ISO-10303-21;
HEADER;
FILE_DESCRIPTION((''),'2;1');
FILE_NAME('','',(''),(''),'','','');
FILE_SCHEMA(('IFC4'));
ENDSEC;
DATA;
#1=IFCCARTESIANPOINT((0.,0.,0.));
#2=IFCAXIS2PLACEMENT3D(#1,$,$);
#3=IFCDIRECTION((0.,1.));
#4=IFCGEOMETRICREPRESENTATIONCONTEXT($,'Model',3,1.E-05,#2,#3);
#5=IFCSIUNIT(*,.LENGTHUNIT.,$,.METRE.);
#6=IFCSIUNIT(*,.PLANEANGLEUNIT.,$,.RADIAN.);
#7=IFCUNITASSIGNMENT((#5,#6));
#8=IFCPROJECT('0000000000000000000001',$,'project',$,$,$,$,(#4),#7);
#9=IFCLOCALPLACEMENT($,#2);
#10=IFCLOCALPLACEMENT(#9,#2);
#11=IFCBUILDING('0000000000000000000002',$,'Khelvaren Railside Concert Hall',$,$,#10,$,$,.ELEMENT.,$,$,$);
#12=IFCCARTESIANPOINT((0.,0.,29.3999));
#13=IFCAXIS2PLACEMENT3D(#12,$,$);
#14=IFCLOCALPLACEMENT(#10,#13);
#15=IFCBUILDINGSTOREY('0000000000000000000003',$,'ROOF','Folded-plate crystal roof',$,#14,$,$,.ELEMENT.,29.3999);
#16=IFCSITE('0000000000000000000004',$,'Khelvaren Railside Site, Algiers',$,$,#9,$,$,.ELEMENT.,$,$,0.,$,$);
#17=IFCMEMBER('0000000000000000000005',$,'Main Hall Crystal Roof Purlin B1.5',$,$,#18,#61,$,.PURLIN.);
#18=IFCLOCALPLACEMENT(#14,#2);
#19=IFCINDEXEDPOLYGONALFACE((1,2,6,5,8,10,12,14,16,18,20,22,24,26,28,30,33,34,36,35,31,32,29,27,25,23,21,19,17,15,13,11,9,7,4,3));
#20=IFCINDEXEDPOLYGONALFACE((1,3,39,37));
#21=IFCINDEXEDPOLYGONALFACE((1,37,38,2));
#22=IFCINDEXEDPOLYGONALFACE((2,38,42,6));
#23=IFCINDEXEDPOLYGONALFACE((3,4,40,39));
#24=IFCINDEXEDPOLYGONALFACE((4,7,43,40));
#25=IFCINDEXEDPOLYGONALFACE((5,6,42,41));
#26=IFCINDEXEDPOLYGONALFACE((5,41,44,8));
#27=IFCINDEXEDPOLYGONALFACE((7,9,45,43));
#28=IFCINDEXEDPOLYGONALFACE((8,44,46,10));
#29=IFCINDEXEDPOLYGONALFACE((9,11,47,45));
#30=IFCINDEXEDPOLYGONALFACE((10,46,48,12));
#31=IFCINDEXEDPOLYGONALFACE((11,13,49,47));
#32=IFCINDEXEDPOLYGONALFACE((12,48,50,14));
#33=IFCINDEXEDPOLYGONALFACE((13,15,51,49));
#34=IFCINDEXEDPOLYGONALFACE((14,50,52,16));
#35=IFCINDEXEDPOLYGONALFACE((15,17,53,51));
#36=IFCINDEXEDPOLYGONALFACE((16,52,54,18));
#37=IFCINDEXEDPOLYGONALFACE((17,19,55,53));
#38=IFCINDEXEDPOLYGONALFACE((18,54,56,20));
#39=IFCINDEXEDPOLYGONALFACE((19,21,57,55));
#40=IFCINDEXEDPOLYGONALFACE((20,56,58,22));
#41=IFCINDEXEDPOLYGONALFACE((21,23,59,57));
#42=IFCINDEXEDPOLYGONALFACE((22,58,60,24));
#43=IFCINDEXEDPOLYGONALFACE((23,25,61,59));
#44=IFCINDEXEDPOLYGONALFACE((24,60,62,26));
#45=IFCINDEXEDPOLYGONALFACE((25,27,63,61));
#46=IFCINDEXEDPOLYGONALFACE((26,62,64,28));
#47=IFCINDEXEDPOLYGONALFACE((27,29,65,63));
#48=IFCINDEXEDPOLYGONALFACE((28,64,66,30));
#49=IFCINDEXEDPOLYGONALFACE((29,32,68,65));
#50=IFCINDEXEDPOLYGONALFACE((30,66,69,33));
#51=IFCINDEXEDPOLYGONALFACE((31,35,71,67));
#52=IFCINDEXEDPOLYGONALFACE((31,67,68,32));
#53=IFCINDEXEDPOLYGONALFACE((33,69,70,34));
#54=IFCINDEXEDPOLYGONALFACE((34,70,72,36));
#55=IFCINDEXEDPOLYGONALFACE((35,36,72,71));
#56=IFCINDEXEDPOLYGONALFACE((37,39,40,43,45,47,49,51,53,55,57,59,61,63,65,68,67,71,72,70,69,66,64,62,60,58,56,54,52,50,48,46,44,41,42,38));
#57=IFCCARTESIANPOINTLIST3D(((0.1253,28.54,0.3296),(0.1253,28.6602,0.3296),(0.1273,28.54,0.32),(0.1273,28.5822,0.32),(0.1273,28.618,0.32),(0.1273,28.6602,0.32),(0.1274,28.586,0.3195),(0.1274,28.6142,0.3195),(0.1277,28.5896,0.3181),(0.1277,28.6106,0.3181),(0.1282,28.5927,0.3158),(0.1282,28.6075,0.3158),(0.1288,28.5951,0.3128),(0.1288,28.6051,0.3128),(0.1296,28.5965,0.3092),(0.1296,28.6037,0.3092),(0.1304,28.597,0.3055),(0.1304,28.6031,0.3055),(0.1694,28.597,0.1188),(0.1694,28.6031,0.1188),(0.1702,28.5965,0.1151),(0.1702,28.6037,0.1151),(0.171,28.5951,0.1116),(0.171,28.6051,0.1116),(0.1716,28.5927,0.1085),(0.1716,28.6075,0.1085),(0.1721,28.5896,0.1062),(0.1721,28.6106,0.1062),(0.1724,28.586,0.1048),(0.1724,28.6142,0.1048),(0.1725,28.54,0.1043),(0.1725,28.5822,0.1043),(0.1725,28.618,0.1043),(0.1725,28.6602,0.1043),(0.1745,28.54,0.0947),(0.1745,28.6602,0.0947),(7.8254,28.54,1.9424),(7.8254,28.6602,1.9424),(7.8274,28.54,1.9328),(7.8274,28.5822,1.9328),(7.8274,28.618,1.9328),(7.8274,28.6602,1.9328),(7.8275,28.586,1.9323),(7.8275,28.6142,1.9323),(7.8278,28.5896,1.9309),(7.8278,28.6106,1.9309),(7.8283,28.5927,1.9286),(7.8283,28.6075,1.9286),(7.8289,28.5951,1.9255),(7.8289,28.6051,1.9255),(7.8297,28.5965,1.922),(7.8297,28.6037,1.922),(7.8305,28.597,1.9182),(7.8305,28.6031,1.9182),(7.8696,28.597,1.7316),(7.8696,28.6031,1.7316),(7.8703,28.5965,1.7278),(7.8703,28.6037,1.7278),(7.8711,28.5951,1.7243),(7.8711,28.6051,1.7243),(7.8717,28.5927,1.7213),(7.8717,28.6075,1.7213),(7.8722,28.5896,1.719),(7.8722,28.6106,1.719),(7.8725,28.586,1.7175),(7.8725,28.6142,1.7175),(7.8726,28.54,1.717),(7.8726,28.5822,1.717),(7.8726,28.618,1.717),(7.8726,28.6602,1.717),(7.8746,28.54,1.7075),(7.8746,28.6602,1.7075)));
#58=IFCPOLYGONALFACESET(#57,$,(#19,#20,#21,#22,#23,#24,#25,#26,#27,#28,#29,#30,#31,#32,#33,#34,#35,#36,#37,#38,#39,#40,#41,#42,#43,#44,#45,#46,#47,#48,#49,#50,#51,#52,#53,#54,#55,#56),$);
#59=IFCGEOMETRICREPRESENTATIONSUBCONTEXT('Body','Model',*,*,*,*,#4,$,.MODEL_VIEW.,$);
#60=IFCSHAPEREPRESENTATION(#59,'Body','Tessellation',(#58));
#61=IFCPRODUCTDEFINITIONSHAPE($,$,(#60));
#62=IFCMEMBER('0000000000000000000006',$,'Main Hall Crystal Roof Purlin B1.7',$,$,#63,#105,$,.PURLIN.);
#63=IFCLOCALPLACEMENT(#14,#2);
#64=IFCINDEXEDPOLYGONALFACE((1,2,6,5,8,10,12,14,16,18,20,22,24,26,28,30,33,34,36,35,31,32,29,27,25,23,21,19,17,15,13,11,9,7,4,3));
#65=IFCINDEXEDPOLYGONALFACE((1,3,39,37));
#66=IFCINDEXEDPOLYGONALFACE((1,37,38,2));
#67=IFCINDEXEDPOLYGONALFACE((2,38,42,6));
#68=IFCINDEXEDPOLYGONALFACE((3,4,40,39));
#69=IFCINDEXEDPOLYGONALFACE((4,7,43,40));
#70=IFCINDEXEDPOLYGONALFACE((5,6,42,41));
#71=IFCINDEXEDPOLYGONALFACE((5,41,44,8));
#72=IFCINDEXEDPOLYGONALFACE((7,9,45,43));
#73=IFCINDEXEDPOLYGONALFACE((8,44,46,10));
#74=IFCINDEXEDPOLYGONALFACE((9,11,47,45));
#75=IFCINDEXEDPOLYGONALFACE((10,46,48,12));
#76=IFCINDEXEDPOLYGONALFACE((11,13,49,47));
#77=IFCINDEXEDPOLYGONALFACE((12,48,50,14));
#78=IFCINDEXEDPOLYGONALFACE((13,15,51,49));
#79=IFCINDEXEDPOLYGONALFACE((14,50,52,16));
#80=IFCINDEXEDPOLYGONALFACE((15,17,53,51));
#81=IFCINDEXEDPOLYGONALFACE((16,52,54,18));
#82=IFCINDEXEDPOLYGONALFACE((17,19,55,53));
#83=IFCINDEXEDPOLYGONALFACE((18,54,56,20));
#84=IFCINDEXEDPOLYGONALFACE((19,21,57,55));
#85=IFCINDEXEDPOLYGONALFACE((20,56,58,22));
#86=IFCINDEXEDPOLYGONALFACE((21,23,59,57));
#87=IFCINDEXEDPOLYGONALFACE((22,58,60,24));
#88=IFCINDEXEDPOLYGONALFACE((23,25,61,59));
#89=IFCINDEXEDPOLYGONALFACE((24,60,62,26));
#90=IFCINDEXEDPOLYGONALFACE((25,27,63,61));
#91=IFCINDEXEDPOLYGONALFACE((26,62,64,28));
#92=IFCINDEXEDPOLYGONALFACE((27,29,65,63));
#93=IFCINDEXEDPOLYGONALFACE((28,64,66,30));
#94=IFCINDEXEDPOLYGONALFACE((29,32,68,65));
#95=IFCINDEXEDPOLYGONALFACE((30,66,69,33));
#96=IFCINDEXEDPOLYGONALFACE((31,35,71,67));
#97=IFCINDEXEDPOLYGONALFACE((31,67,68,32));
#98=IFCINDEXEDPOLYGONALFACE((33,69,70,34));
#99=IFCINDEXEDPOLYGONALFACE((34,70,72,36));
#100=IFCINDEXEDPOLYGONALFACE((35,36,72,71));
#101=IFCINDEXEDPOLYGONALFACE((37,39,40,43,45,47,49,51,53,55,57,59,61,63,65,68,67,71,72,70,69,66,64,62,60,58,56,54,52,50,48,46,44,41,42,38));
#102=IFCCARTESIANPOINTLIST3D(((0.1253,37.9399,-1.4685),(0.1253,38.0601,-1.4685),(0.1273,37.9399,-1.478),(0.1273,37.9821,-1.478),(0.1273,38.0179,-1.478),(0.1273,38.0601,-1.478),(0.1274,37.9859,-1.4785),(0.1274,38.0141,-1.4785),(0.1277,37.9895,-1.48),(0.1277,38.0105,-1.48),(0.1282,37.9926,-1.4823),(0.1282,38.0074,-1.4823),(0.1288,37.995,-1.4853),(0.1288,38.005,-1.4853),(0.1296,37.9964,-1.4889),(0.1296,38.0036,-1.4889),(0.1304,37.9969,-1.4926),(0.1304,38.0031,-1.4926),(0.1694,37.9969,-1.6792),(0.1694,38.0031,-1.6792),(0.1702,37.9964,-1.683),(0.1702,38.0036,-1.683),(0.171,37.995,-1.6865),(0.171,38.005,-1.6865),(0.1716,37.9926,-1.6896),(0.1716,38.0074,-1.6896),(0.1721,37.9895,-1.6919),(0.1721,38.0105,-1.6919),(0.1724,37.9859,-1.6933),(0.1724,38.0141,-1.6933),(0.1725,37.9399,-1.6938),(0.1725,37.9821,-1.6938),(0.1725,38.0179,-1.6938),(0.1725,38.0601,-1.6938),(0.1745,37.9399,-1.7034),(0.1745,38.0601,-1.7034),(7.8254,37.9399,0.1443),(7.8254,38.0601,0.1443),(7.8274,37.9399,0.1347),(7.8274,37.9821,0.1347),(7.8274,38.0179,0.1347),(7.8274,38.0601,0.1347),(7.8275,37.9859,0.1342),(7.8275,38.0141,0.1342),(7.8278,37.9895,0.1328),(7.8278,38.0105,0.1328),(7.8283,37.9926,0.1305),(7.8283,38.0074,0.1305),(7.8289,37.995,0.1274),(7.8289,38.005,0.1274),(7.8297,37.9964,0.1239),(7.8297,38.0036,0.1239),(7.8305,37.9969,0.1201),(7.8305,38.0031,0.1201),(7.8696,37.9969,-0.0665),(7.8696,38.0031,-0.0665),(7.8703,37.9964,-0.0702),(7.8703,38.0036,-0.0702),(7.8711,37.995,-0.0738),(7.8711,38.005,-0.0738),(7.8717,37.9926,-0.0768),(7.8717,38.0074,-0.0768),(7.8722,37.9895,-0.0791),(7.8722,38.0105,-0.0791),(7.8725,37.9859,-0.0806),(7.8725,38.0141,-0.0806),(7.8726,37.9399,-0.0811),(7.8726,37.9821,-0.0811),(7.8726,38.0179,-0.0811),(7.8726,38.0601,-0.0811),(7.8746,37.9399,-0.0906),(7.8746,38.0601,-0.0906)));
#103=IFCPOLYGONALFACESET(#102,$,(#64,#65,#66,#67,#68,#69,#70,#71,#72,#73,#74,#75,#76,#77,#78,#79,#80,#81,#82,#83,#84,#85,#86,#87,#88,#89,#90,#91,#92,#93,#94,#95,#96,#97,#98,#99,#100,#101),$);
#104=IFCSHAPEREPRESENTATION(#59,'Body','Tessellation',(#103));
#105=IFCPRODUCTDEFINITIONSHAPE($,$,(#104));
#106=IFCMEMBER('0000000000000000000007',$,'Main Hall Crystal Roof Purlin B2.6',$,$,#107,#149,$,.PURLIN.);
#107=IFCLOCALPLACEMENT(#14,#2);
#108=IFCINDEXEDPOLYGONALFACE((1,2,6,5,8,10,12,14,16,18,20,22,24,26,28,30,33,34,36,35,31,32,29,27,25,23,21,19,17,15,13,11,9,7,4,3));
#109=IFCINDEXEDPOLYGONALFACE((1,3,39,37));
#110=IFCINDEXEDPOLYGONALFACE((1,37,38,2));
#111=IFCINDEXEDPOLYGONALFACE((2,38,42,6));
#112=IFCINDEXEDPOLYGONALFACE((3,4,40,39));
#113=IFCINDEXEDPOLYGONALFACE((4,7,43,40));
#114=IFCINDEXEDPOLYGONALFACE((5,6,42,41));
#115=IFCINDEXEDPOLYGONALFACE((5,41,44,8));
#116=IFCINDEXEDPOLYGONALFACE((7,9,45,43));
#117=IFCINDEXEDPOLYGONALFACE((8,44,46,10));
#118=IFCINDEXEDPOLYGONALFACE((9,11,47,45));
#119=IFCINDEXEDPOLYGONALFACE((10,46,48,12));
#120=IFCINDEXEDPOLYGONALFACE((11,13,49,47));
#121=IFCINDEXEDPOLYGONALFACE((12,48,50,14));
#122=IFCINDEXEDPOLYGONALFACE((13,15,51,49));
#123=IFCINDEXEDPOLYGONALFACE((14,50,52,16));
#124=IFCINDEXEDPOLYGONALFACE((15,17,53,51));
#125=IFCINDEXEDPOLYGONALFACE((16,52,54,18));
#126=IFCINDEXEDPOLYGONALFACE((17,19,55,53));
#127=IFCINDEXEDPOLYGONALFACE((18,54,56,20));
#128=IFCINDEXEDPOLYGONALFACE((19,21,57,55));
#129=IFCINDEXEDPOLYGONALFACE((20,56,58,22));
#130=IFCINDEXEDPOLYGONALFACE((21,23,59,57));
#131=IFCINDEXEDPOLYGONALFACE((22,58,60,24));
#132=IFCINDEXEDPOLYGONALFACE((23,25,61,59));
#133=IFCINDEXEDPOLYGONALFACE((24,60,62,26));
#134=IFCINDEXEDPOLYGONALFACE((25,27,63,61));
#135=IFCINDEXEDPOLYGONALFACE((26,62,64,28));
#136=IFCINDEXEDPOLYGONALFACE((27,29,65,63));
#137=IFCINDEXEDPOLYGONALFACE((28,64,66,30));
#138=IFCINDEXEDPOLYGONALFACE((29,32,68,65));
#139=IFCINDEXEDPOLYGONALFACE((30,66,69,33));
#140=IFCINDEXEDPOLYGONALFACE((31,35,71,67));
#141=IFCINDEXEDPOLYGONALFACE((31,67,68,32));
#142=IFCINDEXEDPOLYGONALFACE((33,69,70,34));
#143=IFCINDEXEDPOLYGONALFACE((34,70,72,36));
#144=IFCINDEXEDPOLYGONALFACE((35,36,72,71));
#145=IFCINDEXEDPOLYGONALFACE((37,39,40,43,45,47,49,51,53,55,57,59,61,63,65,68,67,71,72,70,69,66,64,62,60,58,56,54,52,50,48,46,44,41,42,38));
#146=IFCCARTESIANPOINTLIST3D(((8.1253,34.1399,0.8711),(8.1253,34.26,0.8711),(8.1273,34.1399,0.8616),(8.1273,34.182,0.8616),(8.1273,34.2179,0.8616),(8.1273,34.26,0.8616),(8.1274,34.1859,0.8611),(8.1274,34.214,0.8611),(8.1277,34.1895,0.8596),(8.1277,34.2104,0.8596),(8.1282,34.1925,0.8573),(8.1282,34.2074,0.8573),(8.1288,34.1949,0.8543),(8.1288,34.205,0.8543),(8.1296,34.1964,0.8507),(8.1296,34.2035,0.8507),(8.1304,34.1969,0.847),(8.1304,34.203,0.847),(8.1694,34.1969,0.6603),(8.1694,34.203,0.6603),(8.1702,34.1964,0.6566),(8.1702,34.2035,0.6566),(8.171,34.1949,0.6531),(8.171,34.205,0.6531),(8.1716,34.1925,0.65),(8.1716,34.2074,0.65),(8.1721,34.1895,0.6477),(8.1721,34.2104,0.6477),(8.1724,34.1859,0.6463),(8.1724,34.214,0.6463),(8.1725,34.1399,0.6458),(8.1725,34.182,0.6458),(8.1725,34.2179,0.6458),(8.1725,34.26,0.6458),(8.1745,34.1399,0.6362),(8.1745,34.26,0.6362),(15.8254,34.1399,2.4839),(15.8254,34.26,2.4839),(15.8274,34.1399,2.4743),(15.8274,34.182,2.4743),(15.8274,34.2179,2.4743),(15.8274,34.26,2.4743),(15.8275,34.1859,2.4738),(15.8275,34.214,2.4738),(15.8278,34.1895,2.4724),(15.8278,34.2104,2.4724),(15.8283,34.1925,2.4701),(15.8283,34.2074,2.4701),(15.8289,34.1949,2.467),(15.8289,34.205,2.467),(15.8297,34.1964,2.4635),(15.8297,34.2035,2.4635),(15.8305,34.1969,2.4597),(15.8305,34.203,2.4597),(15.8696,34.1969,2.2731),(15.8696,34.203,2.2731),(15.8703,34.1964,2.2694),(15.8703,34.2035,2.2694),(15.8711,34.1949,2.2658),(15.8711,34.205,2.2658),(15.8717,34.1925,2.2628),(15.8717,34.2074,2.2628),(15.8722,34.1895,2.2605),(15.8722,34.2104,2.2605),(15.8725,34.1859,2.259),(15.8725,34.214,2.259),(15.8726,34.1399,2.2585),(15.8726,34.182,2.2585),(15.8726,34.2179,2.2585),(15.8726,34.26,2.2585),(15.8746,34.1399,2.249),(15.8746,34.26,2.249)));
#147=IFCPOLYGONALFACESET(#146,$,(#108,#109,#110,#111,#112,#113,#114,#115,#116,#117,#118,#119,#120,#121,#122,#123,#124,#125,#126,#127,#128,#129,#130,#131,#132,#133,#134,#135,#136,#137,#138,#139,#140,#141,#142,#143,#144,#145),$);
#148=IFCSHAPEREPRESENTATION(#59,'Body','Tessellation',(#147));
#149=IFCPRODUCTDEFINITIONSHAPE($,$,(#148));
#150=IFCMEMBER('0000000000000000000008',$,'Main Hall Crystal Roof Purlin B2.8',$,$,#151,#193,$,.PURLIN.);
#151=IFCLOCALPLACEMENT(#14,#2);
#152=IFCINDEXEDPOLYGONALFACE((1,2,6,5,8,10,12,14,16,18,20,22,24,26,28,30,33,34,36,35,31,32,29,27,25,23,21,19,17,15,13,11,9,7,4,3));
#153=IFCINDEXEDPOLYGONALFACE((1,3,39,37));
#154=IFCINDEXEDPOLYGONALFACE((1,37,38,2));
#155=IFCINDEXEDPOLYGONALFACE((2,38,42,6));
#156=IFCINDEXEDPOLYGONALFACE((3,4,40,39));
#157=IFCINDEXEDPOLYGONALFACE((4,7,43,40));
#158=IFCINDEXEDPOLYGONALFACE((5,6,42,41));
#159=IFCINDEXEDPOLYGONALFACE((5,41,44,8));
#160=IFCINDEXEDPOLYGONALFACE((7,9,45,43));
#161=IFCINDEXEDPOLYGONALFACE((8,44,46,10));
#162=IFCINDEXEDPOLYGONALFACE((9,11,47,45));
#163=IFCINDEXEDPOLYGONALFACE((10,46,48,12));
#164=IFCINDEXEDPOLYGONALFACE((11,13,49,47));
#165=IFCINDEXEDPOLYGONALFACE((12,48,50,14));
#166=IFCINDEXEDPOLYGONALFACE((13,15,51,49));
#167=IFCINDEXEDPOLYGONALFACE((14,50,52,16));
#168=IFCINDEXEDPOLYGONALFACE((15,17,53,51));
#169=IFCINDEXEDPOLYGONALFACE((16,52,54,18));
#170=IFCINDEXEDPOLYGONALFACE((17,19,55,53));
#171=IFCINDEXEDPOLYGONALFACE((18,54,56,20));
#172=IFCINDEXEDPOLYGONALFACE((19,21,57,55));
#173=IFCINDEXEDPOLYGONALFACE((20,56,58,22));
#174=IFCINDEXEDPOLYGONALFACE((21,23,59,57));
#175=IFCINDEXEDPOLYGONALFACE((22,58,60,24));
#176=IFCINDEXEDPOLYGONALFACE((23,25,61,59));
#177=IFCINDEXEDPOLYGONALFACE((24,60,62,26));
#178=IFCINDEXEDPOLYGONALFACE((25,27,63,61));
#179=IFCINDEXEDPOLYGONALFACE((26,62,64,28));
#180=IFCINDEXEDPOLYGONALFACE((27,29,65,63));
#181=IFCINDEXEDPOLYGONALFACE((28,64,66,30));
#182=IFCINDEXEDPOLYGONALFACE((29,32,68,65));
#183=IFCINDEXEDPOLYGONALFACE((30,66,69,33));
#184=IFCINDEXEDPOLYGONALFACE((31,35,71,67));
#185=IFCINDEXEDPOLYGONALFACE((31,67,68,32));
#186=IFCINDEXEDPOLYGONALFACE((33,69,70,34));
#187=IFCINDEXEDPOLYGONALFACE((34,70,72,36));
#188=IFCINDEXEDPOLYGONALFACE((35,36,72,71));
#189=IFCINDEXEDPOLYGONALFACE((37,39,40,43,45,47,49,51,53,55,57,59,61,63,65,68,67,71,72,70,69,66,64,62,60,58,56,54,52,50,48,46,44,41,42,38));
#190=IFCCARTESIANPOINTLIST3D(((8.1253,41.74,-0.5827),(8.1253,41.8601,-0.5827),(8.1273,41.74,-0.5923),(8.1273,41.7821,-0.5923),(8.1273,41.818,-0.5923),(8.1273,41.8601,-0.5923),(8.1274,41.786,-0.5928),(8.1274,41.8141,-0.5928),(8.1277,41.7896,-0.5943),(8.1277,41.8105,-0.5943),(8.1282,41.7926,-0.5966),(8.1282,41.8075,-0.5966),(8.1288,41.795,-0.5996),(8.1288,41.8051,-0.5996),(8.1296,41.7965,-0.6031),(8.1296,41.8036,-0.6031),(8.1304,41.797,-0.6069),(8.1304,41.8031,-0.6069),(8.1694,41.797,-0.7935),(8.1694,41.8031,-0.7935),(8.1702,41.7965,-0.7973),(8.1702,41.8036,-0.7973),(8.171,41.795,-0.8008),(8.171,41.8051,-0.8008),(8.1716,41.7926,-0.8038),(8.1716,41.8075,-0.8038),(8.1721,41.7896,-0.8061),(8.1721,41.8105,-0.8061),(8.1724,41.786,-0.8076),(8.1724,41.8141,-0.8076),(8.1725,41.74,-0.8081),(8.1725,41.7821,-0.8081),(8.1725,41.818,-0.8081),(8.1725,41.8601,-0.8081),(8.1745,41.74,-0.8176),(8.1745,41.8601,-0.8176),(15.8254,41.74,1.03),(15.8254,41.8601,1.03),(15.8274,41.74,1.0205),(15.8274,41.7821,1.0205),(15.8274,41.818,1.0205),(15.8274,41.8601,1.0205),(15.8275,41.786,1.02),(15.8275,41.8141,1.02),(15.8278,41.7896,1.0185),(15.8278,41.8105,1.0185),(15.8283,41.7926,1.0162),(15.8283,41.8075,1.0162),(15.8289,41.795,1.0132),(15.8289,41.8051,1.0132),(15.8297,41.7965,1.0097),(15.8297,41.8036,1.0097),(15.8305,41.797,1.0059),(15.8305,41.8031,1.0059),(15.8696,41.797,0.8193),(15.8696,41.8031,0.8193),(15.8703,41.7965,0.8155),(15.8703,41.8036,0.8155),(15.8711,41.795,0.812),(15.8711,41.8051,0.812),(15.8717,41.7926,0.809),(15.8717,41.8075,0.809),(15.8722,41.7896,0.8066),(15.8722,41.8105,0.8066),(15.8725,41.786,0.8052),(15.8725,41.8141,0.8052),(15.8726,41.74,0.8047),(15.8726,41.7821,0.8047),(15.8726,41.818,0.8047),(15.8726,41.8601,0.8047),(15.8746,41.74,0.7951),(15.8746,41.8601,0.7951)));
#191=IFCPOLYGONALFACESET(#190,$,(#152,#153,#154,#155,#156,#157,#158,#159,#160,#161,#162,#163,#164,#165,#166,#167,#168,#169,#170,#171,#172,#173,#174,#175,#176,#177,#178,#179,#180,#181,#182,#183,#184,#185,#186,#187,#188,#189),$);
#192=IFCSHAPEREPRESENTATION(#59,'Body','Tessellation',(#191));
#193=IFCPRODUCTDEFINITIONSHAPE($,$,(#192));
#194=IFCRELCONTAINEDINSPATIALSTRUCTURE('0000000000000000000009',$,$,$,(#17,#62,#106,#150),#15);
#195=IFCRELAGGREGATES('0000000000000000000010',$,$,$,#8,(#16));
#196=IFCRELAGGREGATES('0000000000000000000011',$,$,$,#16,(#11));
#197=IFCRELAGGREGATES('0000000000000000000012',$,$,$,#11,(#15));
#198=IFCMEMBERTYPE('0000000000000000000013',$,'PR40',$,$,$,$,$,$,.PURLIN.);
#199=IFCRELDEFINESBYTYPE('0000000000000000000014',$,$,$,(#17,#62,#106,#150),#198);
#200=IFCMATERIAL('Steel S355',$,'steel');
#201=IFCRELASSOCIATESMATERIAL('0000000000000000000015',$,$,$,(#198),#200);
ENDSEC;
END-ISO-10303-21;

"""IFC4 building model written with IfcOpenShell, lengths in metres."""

from ifc_helpers import new_model, si_unit, direction, frame, origin, origin_2d, place, context, subcontext, project, spatial, i_section, extrude, material, material_profile, profile_set, type_object, element, save


model = new_model("IFC4")

# Units and contexts
model_context = context("Model", 3, precision=1e-05, world=origin(), true_north=direction((0.0, 1.0)))
body_context = subcontext(model_context, "Body", "Model", "MODEL_VIEW")
ifc_project = project(units=[si_unit("LENGTHUNIT", "METRE"), si_unit("PLANEANGLEUNIT", "RADIAN")], contexts=[model_context])

# Site, building, storey
site_placement = place(None, origin())
site = spatial("IfcSite", under=ifc_project, at=site_placement, Name="Khelvaren Railside Site, Algiers", CompositionType="ELEMENT", RefElevation=0.0)
building_placement = place(site_placement, origin())
building = spatial("IfcBuilding", under=site, at=building_placement, Name="Khelvaren Railside Concert Hall", CompositionType="ELEMENT")
storey_placement = place(building_placement, frame((0.0, 0.0, 29.3999)))
storey = spatial("IfcBuildingStorey", under=building, at=storey_placement, Name="ROOF", Description="Folded-plate crystal roof", CompositionType="ELEMENT", Elevation=29.3999)

# Shared definitions
ifc_material_1 = material(Name="Steel S355", Category="steel")

# Members
ifc_material_profile_1 = material_profile(ifc_material_1, i_section(OverallWidth=0.1201, OverallDepth=0.24, WebThickness=0.0061, FlangeThickness=0.0098, FilletRadius=0.0149, at=origin_2d()), Name="IPE 240")
ifc_profile_set_1 = profile_set([ifc_material_profile_1], Name="Steel S355")
member_type_1 = type_object("IfcMemberType", Name="PR40", PredefinedType="PURLIN", material=ifc_profile_set_1)
for number, where, z_axis, x_axis, name in (
    (1, (0.1499, 28.6001, 0.2122), (0.978762, 0.0, 0.205), (0.0, 1.0, 0.0), "Main Hall Crystal Roof Purlin B1.5"),
    (2, (0.1499, 38.0, -1.5859), (0.978762, 0.0, 0.205), (0.0, 1.0, 0.0), "Main Hall Crystal Roof Purlin B1.7"),
    (3, (8.1499, 34.2, 0.7537), (0.978762, 0.0, 0.205), (0.0, 1.0, 0.0), "Main Hall Crystal Roof Purlin B2.6"),
    (4, (8.1499, 41.8, -0.7002), (0.978762, 0.0, 0.205), (0.0, 1.0, 0.0), "Main Hall Crystal Roof Purlin B2.8"),
):
    element("IfcMember", number, at=place(storey_placement, frame(where, z_axis=z_axis, x_axis=x_axis)), inside=storey, type_object=member_type_1, Name=name, PredefinedType="PURLIN", context=body_context, shape_type="SweptSolid", body=[
        extrude(i_section(OverallWidth=0.1201, OverallDepth=0.24, WebThickness=0.0061, FlangeThickness=0.0098, FilletRadius=0.0149, at=origin_2d()), origin(), (0.0, 0.0, 1.0), 7.8672),
    ])

save(model, "model.ifc")
